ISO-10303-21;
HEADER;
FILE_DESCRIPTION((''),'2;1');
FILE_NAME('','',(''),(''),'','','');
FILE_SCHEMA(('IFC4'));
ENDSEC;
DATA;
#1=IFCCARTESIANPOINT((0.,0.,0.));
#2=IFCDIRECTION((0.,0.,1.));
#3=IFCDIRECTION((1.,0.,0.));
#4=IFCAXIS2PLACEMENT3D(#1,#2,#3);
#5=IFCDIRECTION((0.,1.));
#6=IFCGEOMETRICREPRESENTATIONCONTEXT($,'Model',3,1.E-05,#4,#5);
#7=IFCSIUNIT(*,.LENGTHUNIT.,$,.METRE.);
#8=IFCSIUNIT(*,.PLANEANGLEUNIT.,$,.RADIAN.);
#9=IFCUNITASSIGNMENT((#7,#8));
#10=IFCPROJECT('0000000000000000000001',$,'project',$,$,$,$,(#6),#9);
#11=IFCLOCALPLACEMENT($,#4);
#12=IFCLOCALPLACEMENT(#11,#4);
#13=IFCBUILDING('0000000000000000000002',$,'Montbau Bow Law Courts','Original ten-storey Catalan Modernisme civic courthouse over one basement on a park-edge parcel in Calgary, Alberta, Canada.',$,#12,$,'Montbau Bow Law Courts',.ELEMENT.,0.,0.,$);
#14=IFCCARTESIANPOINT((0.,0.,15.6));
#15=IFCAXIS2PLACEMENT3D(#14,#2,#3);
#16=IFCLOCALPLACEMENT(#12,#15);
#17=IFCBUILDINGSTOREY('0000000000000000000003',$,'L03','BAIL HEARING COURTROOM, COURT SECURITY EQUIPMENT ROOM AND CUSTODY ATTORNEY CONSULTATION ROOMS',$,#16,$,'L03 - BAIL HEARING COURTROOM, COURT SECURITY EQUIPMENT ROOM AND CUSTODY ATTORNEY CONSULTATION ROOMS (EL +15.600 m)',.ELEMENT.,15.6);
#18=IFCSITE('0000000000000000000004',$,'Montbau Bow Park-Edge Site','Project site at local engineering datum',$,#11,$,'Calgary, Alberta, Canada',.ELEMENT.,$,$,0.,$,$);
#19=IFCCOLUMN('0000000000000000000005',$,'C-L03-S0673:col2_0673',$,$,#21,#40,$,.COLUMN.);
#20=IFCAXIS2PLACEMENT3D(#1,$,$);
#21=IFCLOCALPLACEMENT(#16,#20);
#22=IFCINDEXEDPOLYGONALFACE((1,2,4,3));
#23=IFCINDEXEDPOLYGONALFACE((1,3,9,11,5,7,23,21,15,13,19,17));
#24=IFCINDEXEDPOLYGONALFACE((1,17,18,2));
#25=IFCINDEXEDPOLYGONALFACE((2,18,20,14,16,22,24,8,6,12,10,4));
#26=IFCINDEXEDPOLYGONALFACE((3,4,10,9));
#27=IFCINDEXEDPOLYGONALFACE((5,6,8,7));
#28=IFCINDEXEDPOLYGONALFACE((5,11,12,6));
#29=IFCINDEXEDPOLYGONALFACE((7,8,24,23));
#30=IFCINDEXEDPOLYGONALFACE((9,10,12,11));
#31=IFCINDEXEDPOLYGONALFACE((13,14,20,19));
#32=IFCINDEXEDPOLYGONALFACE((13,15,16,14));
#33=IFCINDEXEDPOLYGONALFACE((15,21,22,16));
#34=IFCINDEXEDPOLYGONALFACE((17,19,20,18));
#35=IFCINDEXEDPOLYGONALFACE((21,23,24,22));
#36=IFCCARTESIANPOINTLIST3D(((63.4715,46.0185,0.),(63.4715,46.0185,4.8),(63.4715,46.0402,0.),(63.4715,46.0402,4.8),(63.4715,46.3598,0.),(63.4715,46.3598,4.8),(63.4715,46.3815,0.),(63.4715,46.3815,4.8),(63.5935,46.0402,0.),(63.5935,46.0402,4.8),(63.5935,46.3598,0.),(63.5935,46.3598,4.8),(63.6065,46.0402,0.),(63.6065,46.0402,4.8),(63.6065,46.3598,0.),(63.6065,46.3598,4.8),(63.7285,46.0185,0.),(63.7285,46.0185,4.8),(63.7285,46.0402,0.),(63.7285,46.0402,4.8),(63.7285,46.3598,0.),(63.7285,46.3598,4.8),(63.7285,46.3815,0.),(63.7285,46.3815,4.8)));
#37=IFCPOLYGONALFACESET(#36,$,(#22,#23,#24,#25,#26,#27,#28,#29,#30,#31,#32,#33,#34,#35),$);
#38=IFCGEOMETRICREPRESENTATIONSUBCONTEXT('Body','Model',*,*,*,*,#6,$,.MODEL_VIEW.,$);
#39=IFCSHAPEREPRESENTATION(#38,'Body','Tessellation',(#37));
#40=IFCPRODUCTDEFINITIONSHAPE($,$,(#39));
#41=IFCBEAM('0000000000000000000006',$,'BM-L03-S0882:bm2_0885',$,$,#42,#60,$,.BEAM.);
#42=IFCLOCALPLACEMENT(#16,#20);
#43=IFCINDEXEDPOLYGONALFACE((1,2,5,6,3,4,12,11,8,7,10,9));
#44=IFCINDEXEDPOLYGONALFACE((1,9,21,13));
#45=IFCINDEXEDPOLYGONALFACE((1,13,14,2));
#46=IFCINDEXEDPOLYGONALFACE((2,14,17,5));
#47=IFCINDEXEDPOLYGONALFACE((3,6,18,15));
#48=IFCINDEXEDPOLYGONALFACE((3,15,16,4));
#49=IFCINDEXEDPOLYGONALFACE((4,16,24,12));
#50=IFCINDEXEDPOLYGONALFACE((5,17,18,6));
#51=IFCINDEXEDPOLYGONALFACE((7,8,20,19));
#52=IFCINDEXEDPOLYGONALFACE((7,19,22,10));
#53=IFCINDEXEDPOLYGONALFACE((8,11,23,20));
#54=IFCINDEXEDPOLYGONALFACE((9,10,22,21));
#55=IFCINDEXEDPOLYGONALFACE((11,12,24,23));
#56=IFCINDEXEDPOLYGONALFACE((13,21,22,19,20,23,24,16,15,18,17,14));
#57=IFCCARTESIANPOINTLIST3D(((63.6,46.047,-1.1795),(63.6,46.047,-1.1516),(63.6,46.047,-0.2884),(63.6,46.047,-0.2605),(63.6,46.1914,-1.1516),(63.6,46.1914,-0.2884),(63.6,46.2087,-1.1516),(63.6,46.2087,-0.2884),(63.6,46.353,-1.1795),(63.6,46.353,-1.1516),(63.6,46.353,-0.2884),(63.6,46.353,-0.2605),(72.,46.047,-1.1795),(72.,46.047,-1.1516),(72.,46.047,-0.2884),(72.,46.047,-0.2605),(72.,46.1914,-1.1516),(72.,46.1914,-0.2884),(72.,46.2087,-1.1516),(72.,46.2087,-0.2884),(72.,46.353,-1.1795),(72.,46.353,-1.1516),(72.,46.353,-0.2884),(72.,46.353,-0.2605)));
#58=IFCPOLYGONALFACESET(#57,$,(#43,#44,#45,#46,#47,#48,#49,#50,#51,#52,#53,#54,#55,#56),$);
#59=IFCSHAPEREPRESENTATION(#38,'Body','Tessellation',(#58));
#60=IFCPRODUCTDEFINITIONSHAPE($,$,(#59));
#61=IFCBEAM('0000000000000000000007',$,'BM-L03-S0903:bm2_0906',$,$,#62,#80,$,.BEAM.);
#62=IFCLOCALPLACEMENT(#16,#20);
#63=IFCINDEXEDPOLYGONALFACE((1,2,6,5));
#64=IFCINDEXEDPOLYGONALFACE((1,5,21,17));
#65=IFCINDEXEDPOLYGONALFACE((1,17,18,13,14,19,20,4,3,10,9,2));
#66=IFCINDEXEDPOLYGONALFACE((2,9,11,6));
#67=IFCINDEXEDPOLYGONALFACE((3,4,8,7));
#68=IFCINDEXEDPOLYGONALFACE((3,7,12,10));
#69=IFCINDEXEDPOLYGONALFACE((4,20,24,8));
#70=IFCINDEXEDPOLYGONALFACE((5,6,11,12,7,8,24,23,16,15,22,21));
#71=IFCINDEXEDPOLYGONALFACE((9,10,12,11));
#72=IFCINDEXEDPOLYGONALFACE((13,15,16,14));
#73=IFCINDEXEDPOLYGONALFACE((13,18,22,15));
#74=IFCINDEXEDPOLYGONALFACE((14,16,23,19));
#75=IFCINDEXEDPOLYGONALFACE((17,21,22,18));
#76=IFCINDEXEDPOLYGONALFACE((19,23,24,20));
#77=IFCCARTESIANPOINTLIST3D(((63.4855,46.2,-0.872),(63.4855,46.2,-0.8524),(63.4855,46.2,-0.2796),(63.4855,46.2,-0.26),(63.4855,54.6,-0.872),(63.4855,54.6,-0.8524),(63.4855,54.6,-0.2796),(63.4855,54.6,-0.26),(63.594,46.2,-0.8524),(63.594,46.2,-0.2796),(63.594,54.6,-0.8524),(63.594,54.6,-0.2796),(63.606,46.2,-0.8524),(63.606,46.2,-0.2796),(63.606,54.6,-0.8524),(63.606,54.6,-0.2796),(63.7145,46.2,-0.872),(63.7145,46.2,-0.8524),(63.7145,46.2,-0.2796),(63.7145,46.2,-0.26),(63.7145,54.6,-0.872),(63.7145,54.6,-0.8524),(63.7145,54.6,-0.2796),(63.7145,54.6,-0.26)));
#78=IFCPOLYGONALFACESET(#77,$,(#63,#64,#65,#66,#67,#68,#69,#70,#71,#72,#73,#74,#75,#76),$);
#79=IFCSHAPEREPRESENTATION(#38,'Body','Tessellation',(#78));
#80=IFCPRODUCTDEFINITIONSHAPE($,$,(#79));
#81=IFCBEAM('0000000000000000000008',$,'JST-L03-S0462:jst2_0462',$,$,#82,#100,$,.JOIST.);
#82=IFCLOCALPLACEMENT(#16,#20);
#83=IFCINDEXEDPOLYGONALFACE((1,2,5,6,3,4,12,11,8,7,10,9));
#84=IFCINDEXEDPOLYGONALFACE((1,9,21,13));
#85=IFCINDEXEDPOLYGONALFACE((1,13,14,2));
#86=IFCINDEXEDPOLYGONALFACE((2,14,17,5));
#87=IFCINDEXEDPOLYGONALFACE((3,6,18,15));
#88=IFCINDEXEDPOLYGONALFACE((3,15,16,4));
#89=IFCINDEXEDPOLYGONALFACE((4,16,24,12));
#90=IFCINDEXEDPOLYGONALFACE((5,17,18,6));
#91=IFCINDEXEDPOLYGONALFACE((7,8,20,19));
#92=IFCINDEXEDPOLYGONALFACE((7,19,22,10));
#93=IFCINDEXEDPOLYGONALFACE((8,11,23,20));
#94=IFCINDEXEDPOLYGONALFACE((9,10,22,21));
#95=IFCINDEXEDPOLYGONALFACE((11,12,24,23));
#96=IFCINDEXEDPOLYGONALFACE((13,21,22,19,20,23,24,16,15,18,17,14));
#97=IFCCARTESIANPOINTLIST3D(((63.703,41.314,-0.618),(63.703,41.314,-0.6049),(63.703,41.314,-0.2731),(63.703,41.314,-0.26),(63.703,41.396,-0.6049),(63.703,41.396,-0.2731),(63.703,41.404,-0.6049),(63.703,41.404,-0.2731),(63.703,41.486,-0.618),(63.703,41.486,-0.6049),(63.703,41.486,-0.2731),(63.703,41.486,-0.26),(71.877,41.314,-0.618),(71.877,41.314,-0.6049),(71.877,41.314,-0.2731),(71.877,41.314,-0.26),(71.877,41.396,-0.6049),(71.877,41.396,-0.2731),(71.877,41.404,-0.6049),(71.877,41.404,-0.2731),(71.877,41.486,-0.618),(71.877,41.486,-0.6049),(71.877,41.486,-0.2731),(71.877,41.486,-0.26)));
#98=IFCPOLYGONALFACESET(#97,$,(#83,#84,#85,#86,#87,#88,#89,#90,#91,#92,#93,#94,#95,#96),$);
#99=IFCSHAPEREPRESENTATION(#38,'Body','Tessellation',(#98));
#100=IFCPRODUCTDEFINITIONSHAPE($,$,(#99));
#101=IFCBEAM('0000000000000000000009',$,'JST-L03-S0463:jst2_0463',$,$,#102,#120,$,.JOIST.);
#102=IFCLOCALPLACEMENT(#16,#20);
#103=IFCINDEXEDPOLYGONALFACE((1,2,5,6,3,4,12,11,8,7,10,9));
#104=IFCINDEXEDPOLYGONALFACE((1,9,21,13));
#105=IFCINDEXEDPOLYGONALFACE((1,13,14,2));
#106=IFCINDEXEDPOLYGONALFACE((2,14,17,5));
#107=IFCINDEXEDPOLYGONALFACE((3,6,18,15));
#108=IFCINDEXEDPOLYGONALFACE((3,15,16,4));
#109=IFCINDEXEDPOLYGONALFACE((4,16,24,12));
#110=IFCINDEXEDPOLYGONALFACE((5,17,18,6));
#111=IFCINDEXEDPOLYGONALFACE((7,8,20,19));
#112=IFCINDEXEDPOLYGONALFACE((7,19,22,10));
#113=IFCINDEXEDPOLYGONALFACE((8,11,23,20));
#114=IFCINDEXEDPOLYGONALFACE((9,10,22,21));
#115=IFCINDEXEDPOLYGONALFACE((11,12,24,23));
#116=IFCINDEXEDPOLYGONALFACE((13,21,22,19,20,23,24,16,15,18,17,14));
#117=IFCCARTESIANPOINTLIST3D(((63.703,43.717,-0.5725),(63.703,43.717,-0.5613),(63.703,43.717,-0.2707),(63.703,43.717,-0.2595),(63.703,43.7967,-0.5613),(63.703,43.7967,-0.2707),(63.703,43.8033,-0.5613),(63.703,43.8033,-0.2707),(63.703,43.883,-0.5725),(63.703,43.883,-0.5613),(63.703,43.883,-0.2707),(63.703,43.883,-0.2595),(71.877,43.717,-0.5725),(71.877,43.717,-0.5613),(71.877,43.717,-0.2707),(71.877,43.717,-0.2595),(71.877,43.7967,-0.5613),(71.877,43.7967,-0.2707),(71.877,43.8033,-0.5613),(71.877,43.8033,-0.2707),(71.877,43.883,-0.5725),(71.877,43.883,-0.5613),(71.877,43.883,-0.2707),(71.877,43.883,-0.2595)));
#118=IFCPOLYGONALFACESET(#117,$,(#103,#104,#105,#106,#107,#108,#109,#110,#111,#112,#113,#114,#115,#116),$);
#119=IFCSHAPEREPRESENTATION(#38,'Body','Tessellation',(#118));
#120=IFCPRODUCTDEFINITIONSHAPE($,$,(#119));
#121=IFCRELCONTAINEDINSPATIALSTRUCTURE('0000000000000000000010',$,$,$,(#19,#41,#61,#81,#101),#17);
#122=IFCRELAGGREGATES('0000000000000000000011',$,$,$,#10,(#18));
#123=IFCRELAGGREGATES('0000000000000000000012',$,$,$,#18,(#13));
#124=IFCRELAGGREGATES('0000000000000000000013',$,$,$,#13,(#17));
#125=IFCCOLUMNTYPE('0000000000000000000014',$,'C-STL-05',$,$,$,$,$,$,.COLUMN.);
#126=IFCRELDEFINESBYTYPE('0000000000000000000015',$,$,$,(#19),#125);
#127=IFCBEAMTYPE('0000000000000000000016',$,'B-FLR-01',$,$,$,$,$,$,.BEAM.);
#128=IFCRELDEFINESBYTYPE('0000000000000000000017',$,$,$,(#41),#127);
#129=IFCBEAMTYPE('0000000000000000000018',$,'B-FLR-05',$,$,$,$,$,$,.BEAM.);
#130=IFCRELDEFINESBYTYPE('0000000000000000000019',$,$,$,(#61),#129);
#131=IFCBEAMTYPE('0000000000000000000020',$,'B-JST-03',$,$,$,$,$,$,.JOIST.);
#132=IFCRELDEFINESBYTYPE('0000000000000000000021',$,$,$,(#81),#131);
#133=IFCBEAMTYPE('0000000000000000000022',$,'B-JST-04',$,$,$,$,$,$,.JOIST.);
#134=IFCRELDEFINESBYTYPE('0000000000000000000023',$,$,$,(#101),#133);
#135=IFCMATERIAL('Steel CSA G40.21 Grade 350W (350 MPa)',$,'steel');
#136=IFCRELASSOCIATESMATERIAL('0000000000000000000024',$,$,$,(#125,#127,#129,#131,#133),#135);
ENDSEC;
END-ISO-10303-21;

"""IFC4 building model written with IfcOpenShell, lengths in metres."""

from ifc_helpers import new_model, si_unit, direction, frame, origin_with_axes, origin_2d_with_axis, place, context, subcontext, project, spatial, i_section, extrude, material, material_profile, profile_set, type_object, element, save


model = new_model("IFC4")

# Units and contexts
model_context = context("Model", 3, precision=1e-05, world=origin_with_axes(), true_north=direction((0.0, 1.0)))
body_context = subcontext(model_context, "Body", "Model", "MODEL_VIEW")
ifc_project = project(units=[si_unit("LENGTHUNIT", "METRE"), si_unit("PLANEANGLEUNIT", "RADIAN")], contexts=[model_context])

# Site, building, storey
site_placement = place(None, origin_with_axes())
site = spatial("IfcSite", under=ifc_project, at=site_placement, Name="Montbau Bow Park-Edge Site", Description="Project site at local engineering datum", LongName="Calgary, Alberta, Canada", CompositionType="ELEMENT", RefElevation=0.0)
building_placement = place(site_placement, origin_with_axes())
building = spatial("IfcBuilding", under=site, at=building_placement, Name="Montbau Bow Law Courts", Description="Original ten-storey Catalan Modernisme civic courthouse over one basement on a park-edge parcel in Calgary, Alberta, Canada.", LongName="Montbau Bow Law Courts", CompositionType="ELEMENT", ElevationOfRefHeight=0.0, ElevationOfTerrain=0.0)
storey_placement = place(building_placement, frame((0.0, 0.0, 15.6), z_axis=(0.0, 0.0, 1.0), x_axis=(1.0, 0.0, 0.0)))
storey = spatial("IfcBuildingStorey", under=building, at=storey_placement, Name="L03", Description="BAIL HEARING COURTROOM, COURT SECURITY EQUIPMENT ROOM AND CUSTODY ATTORNEY CONSULTATION ROOMS", LongName="L03 - BAIL HEARING COURTROOM, COURT SECURITY EQUIPMENT ROOM AND CUSTODY ATTORNEY CONSULTATION ROOMS (EL +15.600 m)", CompositionType="ELEMENT", Elevation=15.6)

# Column
ifc_material_1 = material(Name="Steel CSA G40.21 Grade 350W (350 MPa)", Category="steel")
ifc_material_profile_1 = material_profile(ifc_material_1, i_section(OverallWidth=0.257, OverallDepth=0.363, WebThickness=0.013, FlangeThickness=0.0217, at=origin_2d_with_axis()), Name="W360X122", Category="Main", Priority=0)
ifc_profile_set_1 = profile_set([ifc_material_profile_1], Name="Steel CSA G40.21 Grade 350W (350 MPa)")
column_type = type_object("IfcColumnType", Name="C-STL-05", PredefinedType="COLUMN", material=ifc_profile_set_1)
column_placement = place(None, frame((63.6, 46.2, 15.6), z_axis=(0.0, 0.0, 1.0), x_axis=(1.0, 0.0, 0.0)))
element("IfcColumn", 1, at=column_placement, inside=storey, type_object=column_type, Name="C-L03-S0673:col2_0673", PredefinedType="COLUMN", context=body_context, shape_type="SweptSolid", body=[
    extrude(i_section(OverallWidth=0.257, OverallDepth=0.363, WebThickness=0.013, FlangeThickness=0.0217, at=origin_2d_with_axis()), origin_with_axes(), (0.0, 0.0, 1.0), 4.8),
])

# Beams
ifc_material_profile_2 = material_profile(ifc_material_1, i_section(OverallWidth=0.306, OverallDepth=0.919, WebThickness=0.0173, FlangeThickness=0.0279, at=origin_2d_with_axis()), Name="W920X253", Category="Main", Priority=0)
ifc_profile_set_2 = profile_set([ifc_material_profile_2], Name="Steel CSA G40.21 Grade 350W (350 MPa)")
beam_type_1 = type_object("IfcBeamType", Name="B-FLR-01", PredefinedType="BEAM", material=ifc_profile_set_2)
beam_1_placement = place(None, frame((63.6, 46.2, 14.88), z_axis=(1.0, 0.0, 0.0), x_axis=(0.0, 1.0, 0.0)))
element("IfcBeam", 2, at=beam_1_placement, inside=storey, type_object=beam_type_1, Name="BM-L03-S0882:bm2_0885", PredefinedType="BEAM", context=body_context, shape_type="SweptSolid", body=[
    extrude(i_section(OverallWidth=0.306, OverallDepth=0.919, WebThickness=0.0173, FlangeThickness=0.0279, at=origin_2d_with_axis()), origin_with_axes(), (0.0, 0.0, 1.0), 8.4),
])
ifc_material_profile_3 = material_profile(ifc_material_1, i_section(OverallWidth=0.229, OverallDepth=0.612, WebThickness=0.0119, FlangeThickness=0.0196, at=origin_2d_with_axis()), Name="W610X125", Category="Main", Priority=0)
ifc_profile_set_3 = profile_set([ifc_material_profile_3], Name="Steel CSA G40.21 Grade 350W (350 MPa)")
beam_type_2 = type_object("IfcBeamType", Name="B-FLR-05", PredefinedType="BEAM", material=ifc_profile_set_3)
beam_2_placement = place(None, frame((63.6, 46.2, 15.034), z_axis=(0.0, 1.0, 0.0), x_axis=(-1.0, 0.0, 0.0)))
element("IfcBeam", 3, at=beam_2_placement, inside=storey, type_object=beam_type_2, Name="BM-L03-S0903:bm2_0906", PredefinedType="BEAM", context=body_context, shape_type="SweptSolid", body=[
    extrude(i_section(OverallWidth=0.229, OverallDepth=0.612, WebThickness=0.0119, FlangeThickness=0.0196, at=origin_2d_with_axis()), origin_with_axes(), (0.0, 0.0, 1.0), 8.4),
])
ifc_material_profile_4 = material_profile(ifc_material_1, i_section(OverallWidth=0.172, OverallDepth=0.358, WebThickness=0.0079, FlangeThickness=0.0131, at=origin_2d_with_axis()), Name="W360X57", Category="Main", Priority=0)
ifc_profile_set_4 = profile_set([ifc_material_profile_4], Name="Steel CSA G40.21 Grade 350W (350 MPa)")
beam_type_3 = type_object("IfcBeamType", Name="B-JST-03", PredefinedType="JOIST", material=ifc_profile_set_4)
beam_3_placement = place(None, frame((63.703, 41.4, 15.161), z_axis=(1.0, 0.0, 0.0), x_axis=(0.0, 1.0, 0.0)))
element("IfcBeam", 4, at=beam_3_placement, inside=storey, type_object=beam_type_3, Name="JST-L03-S0462:jst2_0462", PredefinedType="JOIST", context=body_context, shape_type="SweptSolid", body=[
    extrude(i_section(OverallWidth=0.172, OverallDepth=0.358, WebThickness=0.0079, FlangeThickness=0.0131, at=origin_2d_with_axis()), origin_with_axes(), (0.0, 0.0, 1.0), 8.174),
])
ifc_material_profile_5 = material_profile(ifc_material_1, i_section(OverallWidth=0.166, OverallDepth=0.313, WebThickness=0.0066, FlangeThickness=0.0112, at=origin_2d_with_axis()), Name="W310X45", Category="Main", Priority=0)
ifc_profile_set_5 = profile_set([ifc_material_profile_5], Name="Steel CSA G40.21 Grade 350W (350 MPa)")
beam_type_4 = type_object("IfcBeamType", Name="B-JST-04", PredefinedType="JOIST", material=ifc_profile_set_5)
beam_4_placement = place(None, frame((63.703, 43.8, 15.184), z_axis=(1.0, 0.0, 0.0), x_axis=(0.0, 1.0, 0.0)))
element("IfcBeam", 5, at=beam_4_placement, inside=storey, type_object=beam_type_4, Name="JST-L03-S0463:jst2_0463", PredefinedType="JOIST", context=body_context, shape_type="SweptSolid", body=[
    extrude(i_section(OverallWidth=0.166, OverallDepth=0.313, WebThickness=0.0066, FlangeThickness=0.0112, at=origin_2d_with_axis()), origin_with_axes(), (0.0, 0.0, 1.0), 8.174),
])

save(model, "model.ifc")
